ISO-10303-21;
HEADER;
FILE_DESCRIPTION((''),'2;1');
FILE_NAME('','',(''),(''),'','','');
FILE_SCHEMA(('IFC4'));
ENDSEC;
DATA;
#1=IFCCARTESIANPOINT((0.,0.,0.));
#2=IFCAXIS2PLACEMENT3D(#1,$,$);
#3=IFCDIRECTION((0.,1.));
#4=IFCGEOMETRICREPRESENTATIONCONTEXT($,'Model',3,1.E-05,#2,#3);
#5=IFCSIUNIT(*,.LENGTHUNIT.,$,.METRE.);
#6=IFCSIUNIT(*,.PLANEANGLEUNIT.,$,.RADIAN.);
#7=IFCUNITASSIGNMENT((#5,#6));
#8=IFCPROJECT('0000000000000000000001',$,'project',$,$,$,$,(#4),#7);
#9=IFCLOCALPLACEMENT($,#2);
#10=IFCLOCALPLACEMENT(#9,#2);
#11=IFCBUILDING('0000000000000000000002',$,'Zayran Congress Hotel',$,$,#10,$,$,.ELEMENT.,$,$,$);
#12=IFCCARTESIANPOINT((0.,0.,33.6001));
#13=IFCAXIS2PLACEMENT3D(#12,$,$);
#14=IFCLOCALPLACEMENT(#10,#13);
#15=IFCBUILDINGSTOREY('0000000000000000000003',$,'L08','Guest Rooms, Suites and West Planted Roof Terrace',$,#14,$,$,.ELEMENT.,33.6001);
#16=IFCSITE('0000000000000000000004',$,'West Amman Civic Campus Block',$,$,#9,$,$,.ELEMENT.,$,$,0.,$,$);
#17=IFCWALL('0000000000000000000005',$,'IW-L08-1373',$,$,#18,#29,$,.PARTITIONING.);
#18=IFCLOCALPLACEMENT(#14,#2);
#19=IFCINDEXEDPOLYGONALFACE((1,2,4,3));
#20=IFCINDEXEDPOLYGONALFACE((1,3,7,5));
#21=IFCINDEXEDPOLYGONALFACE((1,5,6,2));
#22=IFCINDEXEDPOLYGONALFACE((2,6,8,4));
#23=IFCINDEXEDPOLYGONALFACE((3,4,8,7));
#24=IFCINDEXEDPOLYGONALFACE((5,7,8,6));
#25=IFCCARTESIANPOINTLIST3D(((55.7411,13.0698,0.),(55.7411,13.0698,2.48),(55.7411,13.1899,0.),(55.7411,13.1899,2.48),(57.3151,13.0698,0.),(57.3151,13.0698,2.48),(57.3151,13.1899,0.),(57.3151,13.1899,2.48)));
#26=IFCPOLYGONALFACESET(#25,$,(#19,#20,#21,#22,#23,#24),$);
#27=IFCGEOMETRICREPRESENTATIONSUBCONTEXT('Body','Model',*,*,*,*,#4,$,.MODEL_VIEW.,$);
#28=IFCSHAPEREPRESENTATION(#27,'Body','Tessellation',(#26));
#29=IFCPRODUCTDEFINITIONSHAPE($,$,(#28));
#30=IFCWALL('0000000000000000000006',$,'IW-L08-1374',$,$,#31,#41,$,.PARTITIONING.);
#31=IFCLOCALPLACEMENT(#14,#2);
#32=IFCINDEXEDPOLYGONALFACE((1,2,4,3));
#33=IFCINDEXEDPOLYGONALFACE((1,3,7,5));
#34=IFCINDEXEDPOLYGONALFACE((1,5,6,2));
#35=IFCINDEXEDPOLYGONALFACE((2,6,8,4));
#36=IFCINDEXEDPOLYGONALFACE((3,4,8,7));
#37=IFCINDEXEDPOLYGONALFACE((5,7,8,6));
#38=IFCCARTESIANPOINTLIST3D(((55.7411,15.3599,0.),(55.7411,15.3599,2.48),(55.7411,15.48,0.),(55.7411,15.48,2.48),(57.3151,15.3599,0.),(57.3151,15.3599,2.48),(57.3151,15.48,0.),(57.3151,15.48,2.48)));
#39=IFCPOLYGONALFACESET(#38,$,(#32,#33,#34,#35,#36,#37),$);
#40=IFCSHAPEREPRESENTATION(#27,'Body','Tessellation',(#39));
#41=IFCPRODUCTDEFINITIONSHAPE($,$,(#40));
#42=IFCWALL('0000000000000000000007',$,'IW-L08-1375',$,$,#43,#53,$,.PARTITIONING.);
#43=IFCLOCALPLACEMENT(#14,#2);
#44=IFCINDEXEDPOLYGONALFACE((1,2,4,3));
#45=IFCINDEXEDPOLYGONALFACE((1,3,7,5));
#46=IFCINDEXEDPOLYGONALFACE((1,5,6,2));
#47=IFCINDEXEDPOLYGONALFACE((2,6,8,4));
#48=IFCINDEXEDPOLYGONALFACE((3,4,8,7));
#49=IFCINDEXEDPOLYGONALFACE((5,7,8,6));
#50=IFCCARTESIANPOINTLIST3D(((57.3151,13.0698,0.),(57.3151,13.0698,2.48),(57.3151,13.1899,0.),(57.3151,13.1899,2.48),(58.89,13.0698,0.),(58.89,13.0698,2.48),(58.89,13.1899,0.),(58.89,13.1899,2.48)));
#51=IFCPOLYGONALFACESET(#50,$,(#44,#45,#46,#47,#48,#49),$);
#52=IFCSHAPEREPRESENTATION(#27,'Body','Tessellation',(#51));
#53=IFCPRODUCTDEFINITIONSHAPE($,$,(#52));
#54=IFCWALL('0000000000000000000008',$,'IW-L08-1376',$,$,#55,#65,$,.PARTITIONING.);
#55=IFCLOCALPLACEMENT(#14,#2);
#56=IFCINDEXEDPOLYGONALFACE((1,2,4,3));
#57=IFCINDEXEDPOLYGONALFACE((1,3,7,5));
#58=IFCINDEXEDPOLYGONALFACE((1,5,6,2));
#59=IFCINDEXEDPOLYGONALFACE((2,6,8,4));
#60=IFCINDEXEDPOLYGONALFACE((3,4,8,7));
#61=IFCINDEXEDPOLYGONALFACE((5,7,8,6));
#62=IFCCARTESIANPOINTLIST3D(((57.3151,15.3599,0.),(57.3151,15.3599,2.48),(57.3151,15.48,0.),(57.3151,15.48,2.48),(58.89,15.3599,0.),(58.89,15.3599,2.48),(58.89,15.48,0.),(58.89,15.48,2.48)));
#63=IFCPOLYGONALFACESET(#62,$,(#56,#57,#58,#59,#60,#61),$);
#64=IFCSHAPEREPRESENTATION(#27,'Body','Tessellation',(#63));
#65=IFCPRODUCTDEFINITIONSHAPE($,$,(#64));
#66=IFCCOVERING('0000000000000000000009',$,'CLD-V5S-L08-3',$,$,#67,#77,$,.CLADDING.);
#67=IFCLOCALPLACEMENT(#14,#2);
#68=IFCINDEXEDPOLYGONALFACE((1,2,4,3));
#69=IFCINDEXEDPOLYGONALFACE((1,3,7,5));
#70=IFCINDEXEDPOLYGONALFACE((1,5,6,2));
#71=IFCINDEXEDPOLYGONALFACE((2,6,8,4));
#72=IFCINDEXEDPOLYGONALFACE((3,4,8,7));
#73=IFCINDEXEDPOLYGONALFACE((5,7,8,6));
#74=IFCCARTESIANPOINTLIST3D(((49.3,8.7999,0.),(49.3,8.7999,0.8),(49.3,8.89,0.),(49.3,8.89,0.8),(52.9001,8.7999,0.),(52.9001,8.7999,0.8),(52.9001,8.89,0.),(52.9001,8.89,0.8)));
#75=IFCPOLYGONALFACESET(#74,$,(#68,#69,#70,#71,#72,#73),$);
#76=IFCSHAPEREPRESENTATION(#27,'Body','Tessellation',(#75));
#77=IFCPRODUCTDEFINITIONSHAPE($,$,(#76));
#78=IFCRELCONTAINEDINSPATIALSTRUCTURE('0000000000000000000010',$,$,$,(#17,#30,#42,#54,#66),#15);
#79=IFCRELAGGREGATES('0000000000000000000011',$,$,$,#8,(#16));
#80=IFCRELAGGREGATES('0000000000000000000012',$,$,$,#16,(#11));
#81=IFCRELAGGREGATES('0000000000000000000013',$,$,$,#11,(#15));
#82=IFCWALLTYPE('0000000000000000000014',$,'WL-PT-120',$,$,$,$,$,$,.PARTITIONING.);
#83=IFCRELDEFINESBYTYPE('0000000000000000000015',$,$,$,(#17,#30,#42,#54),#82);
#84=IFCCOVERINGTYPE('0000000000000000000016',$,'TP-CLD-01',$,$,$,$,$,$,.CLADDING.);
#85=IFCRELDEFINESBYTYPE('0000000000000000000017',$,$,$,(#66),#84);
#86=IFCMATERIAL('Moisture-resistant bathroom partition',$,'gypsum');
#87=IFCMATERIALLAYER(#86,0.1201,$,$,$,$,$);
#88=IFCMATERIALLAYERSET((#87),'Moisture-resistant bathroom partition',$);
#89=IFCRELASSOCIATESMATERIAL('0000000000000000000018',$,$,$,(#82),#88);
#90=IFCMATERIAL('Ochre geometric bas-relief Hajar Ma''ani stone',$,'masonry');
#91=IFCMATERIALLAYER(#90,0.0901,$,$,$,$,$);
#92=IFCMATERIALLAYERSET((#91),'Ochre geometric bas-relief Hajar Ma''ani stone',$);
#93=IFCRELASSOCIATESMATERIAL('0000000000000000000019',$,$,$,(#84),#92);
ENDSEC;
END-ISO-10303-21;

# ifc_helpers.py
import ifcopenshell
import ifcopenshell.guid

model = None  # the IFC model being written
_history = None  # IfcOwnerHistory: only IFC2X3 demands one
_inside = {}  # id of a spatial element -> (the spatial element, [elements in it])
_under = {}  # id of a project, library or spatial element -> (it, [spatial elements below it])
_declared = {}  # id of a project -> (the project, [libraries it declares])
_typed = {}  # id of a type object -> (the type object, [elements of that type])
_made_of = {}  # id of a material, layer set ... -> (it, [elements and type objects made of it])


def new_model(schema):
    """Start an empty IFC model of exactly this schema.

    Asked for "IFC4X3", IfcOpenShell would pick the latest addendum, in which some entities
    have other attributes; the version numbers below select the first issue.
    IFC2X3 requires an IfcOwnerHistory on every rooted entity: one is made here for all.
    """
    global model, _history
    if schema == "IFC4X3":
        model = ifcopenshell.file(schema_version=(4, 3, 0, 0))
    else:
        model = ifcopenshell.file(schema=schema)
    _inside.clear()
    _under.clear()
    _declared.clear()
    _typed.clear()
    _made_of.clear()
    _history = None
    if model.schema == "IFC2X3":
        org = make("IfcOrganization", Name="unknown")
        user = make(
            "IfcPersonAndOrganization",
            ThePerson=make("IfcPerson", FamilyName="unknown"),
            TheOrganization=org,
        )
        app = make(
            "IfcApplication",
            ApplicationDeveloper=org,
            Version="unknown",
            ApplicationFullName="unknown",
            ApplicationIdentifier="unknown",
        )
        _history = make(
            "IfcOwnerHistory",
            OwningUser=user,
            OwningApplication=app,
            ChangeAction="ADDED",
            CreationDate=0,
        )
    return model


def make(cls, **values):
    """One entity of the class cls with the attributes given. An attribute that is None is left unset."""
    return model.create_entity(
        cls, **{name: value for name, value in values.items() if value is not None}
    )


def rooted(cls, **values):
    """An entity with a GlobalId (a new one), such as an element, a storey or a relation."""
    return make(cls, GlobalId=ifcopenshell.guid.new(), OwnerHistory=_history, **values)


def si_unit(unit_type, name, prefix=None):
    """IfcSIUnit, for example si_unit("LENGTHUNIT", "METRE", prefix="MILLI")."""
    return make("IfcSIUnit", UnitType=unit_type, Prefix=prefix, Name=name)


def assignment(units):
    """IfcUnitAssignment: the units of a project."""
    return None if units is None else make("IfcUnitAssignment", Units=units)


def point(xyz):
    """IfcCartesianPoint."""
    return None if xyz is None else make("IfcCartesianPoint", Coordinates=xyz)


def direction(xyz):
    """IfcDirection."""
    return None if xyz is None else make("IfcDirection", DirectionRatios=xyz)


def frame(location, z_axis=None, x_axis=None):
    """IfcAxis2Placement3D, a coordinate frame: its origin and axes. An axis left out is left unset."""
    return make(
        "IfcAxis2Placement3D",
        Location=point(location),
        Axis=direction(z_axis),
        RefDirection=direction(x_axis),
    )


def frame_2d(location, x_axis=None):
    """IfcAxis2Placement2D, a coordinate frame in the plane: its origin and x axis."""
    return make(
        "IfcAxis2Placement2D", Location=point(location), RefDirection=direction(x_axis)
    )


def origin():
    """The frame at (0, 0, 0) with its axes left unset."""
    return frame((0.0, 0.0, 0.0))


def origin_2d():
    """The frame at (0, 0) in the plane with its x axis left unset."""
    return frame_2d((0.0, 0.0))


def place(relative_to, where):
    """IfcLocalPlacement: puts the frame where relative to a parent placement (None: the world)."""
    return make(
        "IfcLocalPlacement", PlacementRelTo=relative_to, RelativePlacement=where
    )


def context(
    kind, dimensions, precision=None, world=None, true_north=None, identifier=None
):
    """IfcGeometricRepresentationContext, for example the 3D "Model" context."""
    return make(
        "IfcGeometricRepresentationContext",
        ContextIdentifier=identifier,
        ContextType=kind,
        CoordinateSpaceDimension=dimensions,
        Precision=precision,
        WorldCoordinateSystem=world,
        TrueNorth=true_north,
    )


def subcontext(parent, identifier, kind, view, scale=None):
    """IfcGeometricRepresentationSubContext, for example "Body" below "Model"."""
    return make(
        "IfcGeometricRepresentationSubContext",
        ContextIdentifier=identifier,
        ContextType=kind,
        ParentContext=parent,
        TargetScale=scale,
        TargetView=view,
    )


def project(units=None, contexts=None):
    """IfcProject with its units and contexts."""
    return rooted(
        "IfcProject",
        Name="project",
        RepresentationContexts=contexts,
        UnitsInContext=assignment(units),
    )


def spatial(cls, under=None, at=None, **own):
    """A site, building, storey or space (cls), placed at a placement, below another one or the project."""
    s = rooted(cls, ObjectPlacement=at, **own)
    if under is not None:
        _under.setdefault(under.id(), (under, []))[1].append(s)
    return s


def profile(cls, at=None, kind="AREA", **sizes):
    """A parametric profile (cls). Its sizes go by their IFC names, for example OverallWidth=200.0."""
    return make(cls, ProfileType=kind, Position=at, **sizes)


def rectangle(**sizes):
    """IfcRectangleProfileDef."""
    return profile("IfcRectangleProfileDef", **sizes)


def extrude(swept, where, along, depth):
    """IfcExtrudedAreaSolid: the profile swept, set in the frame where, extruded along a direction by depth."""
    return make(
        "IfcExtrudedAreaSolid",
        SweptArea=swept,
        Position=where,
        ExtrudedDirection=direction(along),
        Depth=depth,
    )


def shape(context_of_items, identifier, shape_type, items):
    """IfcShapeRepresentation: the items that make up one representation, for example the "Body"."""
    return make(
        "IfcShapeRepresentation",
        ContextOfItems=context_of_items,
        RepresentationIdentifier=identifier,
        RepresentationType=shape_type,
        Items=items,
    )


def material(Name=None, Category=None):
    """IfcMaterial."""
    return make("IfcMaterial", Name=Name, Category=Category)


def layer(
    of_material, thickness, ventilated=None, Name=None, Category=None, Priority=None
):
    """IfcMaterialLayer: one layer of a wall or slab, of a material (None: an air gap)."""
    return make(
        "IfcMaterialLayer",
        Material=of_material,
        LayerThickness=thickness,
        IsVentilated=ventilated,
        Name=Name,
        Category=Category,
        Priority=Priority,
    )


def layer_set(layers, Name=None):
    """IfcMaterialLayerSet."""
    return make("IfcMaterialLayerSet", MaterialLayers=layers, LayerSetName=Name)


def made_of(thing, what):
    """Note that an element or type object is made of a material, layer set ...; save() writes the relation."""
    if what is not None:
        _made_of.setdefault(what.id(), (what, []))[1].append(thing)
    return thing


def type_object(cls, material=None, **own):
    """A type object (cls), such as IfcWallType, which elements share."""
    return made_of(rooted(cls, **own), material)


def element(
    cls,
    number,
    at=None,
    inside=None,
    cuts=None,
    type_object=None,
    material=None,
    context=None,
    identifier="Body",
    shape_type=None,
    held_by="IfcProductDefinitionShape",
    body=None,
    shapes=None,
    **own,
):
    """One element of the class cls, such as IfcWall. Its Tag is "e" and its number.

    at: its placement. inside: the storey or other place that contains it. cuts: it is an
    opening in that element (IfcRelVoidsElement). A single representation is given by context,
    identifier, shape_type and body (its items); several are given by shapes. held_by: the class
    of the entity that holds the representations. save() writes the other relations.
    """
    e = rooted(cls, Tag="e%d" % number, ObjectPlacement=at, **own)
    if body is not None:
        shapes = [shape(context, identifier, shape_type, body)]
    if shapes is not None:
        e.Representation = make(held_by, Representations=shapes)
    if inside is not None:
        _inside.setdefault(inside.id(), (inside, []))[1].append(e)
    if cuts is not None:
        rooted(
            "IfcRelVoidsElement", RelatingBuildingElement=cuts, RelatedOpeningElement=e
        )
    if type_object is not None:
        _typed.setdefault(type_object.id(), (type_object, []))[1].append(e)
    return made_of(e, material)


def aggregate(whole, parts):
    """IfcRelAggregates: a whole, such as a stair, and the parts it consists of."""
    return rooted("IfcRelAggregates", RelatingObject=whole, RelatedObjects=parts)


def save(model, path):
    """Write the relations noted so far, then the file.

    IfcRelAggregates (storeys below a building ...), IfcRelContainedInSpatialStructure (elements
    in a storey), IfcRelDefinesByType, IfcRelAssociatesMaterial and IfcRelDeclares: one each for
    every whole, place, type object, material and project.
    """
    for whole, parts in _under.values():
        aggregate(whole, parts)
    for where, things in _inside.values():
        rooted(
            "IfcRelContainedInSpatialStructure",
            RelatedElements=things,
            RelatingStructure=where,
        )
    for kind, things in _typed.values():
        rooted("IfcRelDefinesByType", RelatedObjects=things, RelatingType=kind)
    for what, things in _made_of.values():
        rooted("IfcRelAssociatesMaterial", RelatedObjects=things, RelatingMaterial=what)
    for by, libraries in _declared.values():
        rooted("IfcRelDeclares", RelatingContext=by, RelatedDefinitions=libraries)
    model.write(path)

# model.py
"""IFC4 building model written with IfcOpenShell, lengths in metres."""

from ifc_helpers import new_model, si_unit, direction, frame, frame_2d, origin, origin_2d, place, context, subcontext, project, spatial, rectangle, extrude, material, layer, layer_set, type_object, element, save


model = new_model("IFC4")

# Units and contexts
model_context = context("Model", 3, precision=1e-05, world=origin(), true_north=direction((0.0, 1.0)))
body_context = subcontext(model_context, "Body", "Model", "MODEL_VIEW")
ifc_project = project(units=[si_unit("LENGTHUNIT", "METRE"), si_unit("PLANEANGLEUNIT", "RADIAN")], contexts=[model_context])

# Site, building, storey
site_placement = place(None, origin())
site = spatial("IfcSite", under=ifc_project, at=site_placement, Name="West Amman Civic Campus Block", CompositionType="ELEMENT", RefElevation=0.0)
building_placement = place(site_placement, origin())
building = spatial("IfcBuilding", under=site, at=building_placement, Name="Zayran Congress Hotel", CompositionType="ELEMENT")
storey_placement = place(building_placement, frame((0.0, 0.0, 33.6001)))
storey = spatial("IfcBuildingStorey", under=building, at=storey_placement, Name="L08", Description="Guest Rooms, Suites and West Planted Roof Terrace", CompositionType="ELEMENT", Elevation=33.6001)

# Shared definitions
ifc_material_1 = material(Name="Moisture-resistant bathroom partition", Category="gypsum")
ifc_layer_1 = layer(ifc_material_1, 0.1201)
ifc_layer_set_1 = layer_set([ifc_layer_1], Name="Moisture-resistant bathroom partition")
wall_type_1 = type_object("IfcWallType", Name="WL-PT-120", PredefinedType="PARTITIONING", material=ifc_layer_set_1)

# Walls
for number, where, z_axis, x_axis, name in (
    (1, (55.741, 13.1299, 0.0), (0.0, 0.0, 1.0), (1.0, 0.0, 0.0), "IW-L08-1373"),
    (2, (55.741, 15.4199, 0.0), (0.0, 0.0, 1.0), (1.0, 0.0, 0.0), "IW-L08-1374"),
):
    element("IfcWall", number, at=place(storey_placement, frame(where, z_axis=z_axis, x_axis=x_axis)), inside=storey, type_object=wall_type_1, Name=name, PredefinedType="PARTITIONING", context=body_context, shape_type="SweptSolid", body=[
        extrude(rectangle(XDim=1.574, YDim=0.1201, at=frame_2d((0.7871, 0.0))), origin(), (0.0, 0.0, 1.0), 2.48),
    ])
for number, where, z_axis, x_axis, name in (
    (3, (57.3149, 13.1299, 0.0), (0.0, 0.0, 1.0), (1.0, 0.0, 0.0), "IW-L08-1375"),
    (4, (57.3149, 15.4199, 0.0), (0.0, 0.0, 1.0), (1.0, 0.0, 0.0), "IW-L08-1376"),
):
    element("IfcWall", number, at=place(storey_placement, frame(where, z_axis=z_axis, x_axis=x_axis)), inside=storey, type_object=wall_type_1, Name=name, PredefinedType="PARTITIONING", context=body_context, shape_type="SweptSolid", body=[
        extrude(rectangle(XDim=1.575, YDim=0.1201, at=frame_2d((0.7876, 0.0))), origin(), (0.0, 0.0, 1.0), 2.48),
    ])

# Covering
ifc_material_2 = material(Name="Ochre geometric bas-relief Hajar Ma'ani stone", Category="masonry")
ifc_layer_2 = layer(ifc_material_2, 0.0901)
ifc_layer_set_2 = layer_set([ifc_layer_2], Name="Ochre geometric bas-relief Hajar Ma'ani stone")
covering_type = type_object("IfcCoveringType", Name="TP-CLD-01", PredefinedType="CLADDING", material=ifc_layer_set_2)
covering_placement = place(storey_placement, frame((51.1001, 8.845, 0.0), z_axis=(0.0, 0.0, 1.0), x_axis=(1.0, 0.0, 0.0)))
element("IfcCovering", 5, at=covering_placement, inside=storey, type_object=covering_type, Name="CLD-V5S-L08-3", PredefinedType="CLADDING", context=body_context, shape_type="SweptSolid", body=[
    extrude(rectangle(XDim=3.6001, YDim=0.0901, at=origin_2d()), origin(), (0.0, 0.0, 1.0), 0.8),
])

save(model, "model.ifc")
